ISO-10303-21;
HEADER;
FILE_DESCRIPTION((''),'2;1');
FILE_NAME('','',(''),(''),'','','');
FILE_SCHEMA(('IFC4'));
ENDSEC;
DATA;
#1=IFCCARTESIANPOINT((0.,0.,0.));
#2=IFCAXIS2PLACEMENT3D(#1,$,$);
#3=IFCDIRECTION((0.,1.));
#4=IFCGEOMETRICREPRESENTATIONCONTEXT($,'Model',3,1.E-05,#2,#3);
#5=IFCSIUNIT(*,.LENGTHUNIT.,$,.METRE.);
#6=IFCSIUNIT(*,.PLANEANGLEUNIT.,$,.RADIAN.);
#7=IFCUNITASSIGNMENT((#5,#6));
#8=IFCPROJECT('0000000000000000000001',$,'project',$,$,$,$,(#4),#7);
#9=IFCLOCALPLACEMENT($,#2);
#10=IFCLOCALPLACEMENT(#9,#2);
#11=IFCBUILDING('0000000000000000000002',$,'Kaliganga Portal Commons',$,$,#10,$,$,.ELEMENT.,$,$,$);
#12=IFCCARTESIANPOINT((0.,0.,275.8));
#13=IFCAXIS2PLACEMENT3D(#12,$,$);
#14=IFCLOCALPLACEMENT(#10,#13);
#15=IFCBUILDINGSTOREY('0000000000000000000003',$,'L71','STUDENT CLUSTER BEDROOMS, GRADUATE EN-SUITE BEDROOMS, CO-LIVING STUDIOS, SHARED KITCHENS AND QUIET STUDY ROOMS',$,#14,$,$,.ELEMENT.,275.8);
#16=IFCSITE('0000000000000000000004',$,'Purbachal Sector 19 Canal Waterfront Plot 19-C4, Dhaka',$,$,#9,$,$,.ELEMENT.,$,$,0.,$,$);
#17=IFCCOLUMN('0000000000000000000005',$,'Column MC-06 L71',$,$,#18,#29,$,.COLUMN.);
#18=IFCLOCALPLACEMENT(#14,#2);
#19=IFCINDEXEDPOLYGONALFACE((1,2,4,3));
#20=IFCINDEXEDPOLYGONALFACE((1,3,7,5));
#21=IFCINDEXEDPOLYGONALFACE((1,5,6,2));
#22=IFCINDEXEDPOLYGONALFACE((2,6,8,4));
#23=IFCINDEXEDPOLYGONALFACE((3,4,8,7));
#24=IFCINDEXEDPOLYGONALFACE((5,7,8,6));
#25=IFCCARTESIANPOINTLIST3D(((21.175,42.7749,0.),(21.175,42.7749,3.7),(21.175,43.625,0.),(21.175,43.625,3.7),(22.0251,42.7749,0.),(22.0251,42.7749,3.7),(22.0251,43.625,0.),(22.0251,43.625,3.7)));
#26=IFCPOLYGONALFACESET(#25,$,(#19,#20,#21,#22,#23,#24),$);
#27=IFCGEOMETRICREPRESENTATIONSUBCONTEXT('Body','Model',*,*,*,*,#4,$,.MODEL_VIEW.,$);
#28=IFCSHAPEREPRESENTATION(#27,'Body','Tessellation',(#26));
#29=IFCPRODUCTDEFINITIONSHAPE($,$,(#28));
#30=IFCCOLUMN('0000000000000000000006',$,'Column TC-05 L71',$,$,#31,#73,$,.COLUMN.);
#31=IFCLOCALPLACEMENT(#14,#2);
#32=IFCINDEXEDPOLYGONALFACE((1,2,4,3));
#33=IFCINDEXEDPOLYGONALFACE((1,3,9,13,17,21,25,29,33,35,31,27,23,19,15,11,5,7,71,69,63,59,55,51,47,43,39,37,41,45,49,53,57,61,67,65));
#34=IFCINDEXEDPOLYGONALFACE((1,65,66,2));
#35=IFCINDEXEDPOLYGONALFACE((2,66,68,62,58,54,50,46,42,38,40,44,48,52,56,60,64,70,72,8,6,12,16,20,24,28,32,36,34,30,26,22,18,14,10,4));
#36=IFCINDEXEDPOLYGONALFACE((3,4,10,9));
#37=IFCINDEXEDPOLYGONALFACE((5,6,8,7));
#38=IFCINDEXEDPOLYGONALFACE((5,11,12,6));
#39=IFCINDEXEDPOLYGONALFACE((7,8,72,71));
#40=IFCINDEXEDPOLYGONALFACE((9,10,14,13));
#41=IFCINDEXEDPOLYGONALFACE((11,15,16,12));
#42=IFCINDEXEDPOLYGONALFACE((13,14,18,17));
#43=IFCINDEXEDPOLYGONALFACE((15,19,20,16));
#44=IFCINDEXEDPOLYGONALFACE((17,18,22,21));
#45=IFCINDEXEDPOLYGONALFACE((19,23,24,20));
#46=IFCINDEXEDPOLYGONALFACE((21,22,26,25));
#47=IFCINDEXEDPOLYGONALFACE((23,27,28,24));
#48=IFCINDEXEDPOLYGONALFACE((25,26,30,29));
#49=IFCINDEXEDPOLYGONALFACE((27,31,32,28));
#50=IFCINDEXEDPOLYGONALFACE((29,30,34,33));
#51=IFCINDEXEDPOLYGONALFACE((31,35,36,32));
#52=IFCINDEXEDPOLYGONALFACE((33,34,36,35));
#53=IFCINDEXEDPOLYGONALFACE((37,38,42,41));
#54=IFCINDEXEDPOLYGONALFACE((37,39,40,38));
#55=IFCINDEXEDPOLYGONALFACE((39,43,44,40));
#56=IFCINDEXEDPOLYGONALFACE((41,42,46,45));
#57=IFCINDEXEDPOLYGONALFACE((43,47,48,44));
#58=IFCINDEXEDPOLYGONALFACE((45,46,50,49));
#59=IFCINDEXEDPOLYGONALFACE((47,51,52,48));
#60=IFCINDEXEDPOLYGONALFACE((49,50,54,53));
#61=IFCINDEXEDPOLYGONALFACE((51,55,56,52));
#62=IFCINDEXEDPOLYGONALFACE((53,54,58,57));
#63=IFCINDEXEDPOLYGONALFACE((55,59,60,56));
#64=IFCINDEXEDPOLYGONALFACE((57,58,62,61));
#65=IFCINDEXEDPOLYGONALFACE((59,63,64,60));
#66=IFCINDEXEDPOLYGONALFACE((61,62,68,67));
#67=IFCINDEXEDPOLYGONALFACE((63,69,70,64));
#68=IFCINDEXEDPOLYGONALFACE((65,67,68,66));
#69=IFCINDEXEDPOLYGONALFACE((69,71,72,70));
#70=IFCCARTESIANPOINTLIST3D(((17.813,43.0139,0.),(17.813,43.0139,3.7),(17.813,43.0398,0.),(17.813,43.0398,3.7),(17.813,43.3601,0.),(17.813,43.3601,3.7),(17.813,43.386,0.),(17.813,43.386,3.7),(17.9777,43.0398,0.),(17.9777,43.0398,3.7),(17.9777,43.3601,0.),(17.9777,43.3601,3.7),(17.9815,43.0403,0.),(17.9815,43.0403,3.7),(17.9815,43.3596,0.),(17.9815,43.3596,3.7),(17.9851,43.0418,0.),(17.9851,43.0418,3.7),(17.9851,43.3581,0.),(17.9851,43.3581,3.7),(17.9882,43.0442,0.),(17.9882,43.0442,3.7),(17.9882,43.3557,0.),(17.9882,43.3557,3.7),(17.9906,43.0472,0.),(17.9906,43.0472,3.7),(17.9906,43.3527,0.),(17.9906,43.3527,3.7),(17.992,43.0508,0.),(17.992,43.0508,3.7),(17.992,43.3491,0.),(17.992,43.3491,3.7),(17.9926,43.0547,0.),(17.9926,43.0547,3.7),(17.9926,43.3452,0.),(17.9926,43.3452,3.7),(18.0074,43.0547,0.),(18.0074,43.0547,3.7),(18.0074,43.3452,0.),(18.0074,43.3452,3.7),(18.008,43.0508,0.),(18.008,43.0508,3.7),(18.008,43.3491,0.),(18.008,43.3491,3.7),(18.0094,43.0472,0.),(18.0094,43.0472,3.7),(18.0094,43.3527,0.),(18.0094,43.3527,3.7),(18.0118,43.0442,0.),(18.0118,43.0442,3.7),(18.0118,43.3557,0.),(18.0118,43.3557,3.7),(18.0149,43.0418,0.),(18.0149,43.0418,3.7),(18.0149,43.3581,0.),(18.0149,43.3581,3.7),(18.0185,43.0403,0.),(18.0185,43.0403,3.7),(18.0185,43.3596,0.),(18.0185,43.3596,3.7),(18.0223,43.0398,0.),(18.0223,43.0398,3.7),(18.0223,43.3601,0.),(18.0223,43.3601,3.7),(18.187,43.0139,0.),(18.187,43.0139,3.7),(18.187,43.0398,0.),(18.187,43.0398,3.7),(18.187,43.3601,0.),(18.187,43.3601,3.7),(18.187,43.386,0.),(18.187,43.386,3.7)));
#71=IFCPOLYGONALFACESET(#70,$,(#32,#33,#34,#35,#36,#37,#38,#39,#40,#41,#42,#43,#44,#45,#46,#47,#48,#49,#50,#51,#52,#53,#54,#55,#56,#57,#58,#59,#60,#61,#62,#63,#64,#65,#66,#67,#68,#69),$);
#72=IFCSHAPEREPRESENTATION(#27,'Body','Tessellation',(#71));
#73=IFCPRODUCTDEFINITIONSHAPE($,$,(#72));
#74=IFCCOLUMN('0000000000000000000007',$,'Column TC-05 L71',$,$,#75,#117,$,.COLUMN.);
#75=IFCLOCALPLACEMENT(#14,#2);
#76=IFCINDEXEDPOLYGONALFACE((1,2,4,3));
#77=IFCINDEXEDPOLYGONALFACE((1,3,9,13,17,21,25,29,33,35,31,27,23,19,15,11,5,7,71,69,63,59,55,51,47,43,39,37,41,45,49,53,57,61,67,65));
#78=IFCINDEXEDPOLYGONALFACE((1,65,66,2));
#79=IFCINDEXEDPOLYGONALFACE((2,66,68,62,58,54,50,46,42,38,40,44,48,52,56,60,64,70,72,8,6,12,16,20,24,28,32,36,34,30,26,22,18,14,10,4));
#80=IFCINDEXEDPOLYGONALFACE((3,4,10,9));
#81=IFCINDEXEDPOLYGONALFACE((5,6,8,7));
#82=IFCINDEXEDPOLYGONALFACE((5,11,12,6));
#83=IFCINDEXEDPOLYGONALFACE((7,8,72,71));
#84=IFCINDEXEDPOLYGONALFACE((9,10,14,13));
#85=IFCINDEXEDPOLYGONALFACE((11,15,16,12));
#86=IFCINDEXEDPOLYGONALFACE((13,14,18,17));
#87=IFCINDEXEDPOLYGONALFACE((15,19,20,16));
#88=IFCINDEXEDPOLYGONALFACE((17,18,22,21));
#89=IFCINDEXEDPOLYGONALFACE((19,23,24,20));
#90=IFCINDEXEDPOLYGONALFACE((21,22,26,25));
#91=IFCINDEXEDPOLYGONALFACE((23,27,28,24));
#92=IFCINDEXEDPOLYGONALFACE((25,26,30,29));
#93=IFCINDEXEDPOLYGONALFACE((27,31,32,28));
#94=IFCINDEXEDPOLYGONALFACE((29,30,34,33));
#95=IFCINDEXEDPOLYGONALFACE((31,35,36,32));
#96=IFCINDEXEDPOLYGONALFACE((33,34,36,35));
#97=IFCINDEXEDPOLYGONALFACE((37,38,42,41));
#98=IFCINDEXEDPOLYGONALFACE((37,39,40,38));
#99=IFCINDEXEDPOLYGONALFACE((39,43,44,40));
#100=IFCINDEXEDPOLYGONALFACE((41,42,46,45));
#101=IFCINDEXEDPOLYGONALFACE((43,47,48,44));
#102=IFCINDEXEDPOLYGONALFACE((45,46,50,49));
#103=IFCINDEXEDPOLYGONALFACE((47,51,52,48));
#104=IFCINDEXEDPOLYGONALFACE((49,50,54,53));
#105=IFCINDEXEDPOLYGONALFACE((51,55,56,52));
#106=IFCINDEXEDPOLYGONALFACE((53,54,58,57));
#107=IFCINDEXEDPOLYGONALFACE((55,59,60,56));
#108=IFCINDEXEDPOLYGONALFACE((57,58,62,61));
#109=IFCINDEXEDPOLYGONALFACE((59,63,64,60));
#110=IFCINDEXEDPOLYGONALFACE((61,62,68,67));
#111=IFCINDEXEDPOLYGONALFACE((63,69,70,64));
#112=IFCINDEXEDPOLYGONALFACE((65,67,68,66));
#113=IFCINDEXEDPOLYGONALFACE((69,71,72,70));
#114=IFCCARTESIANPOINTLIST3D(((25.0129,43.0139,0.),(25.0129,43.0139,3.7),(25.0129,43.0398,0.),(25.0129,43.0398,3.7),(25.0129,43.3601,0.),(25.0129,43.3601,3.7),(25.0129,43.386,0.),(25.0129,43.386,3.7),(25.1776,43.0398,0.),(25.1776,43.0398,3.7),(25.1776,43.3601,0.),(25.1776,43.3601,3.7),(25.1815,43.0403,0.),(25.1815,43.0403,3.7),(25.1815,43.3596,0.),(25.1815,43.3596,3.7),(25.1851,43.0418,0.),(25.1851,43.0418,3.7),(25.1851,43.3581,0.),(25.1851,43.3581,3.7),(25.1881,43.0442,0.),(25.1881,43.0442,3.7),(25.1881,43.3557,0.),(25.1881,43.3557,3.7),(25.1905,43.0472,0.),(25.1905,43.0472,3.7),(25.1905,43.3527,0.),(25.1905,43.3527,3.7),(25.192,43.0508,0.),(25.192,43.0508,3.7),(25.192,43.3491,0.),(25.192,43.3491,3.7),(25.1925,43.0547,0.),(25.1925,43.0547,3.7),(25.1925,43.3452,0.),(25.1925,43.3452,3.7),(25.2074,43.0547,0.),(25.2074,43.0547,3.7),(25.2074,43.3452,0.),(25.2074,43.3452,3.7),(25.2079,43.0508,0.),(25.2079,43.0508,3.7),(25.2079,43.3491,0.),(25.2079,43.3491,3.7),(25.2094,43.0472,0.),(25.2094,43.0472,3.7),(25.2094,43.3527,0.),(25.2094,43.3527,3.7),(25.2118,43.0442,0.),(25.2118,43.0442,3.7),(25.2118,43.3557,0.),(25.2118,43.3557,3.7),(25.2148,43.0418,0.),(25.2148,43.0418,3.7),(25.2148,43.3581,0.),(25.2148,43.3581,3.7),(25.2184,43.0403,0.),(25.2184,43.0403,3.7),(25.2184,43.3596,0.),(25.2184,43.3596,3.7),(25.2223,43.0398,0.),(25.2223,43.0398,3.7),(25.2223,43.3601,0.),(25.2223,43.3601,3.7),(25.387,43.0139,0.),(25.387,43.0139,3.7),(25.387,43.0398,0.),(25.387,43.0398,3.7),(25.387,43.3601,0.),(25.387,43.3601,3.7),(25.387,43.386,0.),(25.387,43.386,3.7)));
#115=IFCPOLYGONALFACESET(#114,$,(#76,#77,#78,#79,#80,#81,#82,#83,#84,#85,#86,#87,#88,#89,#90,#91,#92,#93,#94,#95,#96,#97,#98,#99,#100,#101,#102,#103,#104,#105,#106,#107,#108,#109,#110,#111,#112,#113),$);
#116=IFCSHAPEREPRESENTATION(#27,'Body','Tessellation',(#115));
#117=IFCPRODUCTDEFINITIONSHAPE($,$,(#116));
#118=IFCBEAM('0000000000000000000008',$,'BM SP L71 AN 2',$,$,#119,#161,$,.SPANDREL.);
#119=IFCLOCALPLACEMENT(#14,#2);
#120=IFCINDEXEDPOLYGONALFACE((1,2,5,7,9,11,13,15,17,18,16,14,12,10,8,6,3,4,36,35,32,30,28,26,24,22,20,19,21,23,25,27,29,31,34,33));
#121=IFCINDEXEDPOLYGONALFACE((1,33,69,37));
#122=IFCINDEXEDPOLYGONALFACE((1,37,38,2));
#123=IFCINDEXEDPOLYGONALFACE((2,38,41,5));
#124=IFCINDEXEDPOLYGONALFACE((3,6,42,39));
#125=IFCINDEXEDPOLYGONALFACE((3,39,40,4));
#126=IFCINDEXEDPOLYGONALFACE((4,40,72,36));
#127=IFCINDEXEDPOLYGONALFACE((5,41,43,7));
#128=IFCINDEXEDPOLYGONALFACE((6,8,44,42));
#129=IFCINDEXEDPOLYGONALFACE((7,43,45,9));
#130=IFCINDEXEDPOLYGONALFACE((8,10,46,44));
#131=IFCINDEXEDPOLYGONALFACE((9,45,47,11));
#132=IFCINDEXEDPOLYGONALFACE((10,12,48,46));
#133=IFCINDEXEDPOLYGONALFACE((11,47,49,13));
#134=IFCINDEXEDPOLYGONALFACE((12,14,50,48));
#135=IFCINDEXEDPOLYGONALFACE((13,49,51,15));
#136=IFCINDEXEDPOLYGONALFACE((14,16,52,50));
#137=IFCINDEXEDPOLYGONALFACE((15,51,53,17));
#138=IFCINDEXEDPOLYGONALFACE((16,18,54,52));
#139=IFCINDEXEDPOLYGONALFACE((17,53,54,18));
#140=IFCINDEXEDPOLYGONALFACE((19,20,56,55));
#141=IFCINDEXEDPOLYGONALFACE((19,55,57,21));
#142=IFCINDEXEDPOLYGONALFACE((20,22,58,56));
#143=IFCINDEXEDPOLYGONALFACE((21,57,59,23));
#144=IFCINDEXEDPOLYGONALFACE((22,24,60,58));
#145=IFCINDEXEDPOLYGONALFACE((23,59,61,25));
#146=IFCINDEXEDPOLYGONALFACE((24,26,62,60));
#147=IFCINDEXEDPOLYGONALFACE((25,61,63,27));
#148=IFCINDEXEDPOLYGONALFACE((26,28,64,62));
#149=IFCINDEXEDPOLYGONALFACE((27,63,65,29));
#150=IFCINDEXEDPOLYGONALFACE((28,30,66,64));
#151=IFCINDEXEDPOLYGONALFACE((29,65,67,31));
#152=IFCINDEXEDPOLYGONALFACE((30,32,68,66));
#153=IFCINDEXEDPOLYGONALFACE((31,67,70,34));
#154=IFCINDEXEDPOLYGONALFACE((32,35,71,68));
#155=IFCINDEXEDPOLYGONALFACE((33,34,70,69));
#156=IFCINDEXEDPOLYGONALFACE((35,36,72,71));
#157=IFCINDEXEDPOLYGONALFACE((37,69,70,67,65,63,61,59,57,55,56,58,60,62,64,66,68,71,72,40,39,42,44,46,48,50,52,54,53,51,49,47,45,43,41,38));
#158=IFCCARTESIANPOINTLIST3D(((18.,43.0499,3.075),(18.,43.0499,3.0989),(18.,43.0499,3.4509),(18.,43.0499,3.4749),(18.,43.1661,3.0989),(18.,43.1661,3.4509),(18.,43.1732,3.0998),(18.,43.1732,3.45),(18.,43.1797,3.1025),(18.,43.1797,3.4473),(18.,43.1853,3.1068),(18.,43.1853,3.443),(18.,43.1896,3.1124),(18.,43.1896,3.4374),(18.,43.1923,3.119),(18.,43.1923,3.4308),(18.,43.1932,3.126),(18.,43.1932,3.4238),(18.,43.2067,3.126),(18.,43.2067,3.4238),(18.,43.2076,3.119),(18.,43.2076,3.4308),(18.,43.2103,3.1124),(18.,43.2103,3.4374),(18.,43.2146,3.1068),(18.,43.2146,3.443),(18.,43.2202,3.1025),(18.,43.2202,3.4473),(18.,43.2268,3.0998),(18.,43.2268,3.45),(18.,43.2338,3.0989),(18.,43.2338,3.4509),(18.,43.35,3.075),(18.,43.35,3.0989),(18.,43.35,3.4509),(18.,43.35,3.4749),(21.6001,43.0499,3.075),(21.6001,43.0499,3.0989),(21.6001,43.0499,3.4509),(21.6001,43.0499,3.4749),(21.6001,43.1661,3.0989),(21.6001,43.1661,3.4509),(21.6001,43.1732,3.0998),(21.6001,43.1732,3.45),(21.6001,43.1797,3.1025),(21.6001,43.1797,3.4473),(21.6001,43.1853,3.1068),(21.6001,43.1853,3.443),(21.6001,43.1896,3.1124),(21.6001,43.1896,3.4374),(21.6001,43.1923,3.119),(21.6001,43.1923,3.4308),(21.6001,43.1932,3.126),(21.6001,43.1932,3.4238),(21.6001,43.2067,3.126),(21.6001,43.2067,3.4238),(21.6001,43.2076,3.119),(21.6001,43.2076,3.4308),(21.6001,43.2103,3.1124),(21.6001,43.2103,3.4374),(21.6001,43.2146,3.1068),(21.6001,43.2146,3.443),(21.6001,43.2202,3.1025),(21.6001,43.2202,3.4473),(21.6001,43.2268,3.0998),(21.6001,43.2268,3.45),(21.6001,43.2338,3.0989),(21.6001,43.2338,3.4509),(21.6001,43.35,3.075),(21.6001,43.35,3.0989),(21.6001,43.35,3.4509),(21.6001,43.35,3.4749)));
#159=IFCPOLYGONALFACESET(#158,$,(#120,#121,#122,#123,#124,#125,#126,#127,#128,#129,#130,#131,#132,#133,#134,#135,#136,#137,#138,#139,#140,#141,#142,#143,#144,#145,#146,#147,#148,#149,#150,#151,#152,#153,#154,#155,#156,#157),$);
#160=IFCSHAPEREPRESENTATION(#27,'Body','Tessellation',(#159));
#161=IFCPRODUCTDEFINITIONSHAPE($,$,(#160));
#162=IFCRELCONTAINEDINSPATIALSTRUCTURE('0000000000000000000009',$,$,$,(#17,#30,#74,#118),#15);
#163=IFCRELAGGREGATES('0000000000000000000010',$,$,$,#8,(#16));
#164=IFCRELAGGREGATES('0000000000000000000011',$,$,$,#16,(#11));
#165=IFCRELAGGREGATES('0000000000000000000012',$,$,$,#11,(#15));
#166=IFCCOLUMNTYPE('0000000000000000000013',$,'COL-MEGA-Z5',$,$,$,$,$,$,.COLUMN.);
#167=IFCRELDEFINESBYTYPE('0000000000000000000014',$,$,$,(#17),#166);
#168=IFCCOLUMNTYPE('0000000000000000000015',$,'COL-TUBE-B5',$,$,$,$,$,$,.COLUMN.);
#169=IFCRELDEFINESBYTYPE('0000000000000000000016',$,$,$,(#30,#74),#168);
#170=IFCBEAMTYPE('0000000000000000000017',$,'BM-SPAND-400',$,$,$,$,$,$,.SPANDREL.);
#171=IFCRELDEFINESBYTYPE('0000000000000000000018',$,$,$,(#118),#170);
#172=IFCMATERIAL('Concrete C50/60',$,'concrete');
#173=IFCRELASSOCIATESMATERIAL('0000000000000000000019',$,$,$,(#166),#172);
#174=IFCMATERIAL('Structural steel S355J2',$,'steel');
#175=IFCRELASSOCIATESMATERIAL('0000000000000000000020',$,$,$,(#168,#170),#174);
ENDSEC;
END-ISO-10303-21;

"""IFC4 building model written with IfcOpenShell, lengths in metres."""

from ifc_helpers import new_model, si_unit, direction, frame, origin, origin_2d, place, context, subcontext, project, spatial, rectangle, i_section, extrude, source, transform, mapped, material, material_profile, profile_set, type_object, element, save


model = new_model("IFC4")

# Units and contexts
model_context = context("Model", 3, precision=1e-05, world=origin(), true_north=direction((0.0, 1.0)))
body_context = subcontext(model_context, "Body", "Model", "MODEL_VIEW")
ifc_project = project(units=[si_unit("LENGTHUNIT", "METRE"), si_unit("PLANEANGLEUNIT", "RADIAN")], contexts=[model_context])

# Site, building, storey
site_placement = place(None, origin())
site = spatial("IfcSite", under=ifc_project, at=site_placement, Name="Purbachal Sector 19 Canal Waterfront Plot 19-C4, Dhaka", CompositionType="ELEMENT", RefElevation=0.0)
building_placement = place(site_placement, origin())
building = spatial("IfcBuilding", under=site, at=building_placement, Name="Kaliganga Portal Commons", CompositionType="ELEMENT")
storey_placement = place(building_placement, frame((0.0, 0.0, 275.8)))
storey = spatial("IfcBuildingStorey", under=building, at=storey_placement, Name="L71", Description="STUDENT CLUSTER BEDROOMS, GRADUATE EN-SUITE BEDROOMS, CO-LIVING STUDIOS, SHARED KITCHENS AND QUIET STUDY ROOMS", CompositionType="ELEMENT", Elevation=275.8)

# Columns
ifc_material_1 = material(Name="Concrete C50/60", Category="concrete")
ifc_material_profile_1 = material_profile(ifc_material_1, rectangle(XDim=0.8501, YDim=0.8501, at=origin_2d()), Name="RC 850x850")
ifc_profile_set_1 = profile_set([ifc_material_profile_1], Name="Concrete C50/60")
column_type_1 = type_object("IfcColumnType", Name="COL-MEGA-Z5", PredefinedType="COLUMN", material=ifc_profile_set_1)
shared_shape_1 = source(origin(), body_context, "Body", "SweptSolid", [
    extrude(rectangle(XDim=0.8501, YDim=0.8501, at=origin_2d()), origin(), (0.0, 0.0, 1.0), 3.7),
])
column_placement = place(storey_placement, frame((21.6001, 43.2, 0.0), z_axis=(0.0, 0.0, 1.0), x_axis=(1.0, 0.0, 0.0)))
element("IfcColumn", 1, at=column_placement, inside=storey, type_object=column_type_1, Name="Column MC-06 L71", PredefinedType="COLUMN", context=body_context, shape_type="MappedRepresentation", body=[
    mapped(shared_shape_1, transform((0.0, 0.0, 0.0), x_axis=(1.0, 0.0, 0.0), y_axis=(0.0, 1.0, 0.0), z_axis=(0.0, 0.0, 1.0), scale=1.0)),
])
ifc_material_2 = material(Name="Structural steel S355J2", Category="steel")
ifc_material_profile_2 = material_profile(ifc_material_2, i_section(OverallWidth=0.374, OverallDepth=0.3721, WebThickness=0.0149, FlangeThickness=0.0259, FilletRadius=0.0149, at=origin_2d()), Name="HD 360x196")
ifc_profile_set_2 = profile_set([ifc_material_profile_2], Name="Structural steel S355J2 wide-flange")
column_type_2 = type_object("IfcColumnType", Name="COL-TUBE-B5", PredefinedType="COLUMN", material=ifc_profile_set_2)
shared_shape_2 = source(origin(), body_context, "Body", "SweptSolid", [
    extrude(i_section(OverallWidth=0.374, OverallDepth=0.3721, WebThickness=0.0149, FlangeThickness=0.0259, FilletRadius=0.0149, at=origin_2d()), origin(), (0.0, 0.0, 1.0), 3.7),
])
for number, where, z_axis, x_axis, name in (
    (2, (18.0, 43.2, 0.0), (0.0, 0.0, 1.0), (1.0, 0.0, 0.0), "Column TC-05 L71"),
    (3, (25.2, 43.2, 0.0), (0.0, 0.0, 1.0), (1.0, 0.0, 0.0), "Column TC-05 L71"),
):
    element("IfcColumn", number, at=place(storey_placement, frame(where, z_axis=z_axis, x_axis=x_axis)), inside=storey, type_object=column_type_2, Name=name, PredefinedType="COLUMN", context=body_context, shape_type="MappedRepresentation", body=[
        mapped(shared_shape_2, transform((0.0, 0.0, 0.0), x_axis=(1.0, 0.0, 0.0), y_axis=(0.0, 1.0, 0.0), z_axis=(0.0, 0.0, 1.0), scale=1.0)),
    ])

# Beam
ifc_material_profile_3 = material_profile(ifc_material_2, i_section(OverallWidth=0.3, OverallDepth=0.3999, WebThickness=0.0134, FlangeThickness=0.0239, FilletRadius=0.0271, at=origin_2d()), Name="HE 400 B")
ifc_profile_set_3 = profile_set([ifc_material_profile_3], Name="Structural steel S355J2 wide-flange")
beam_type = type_object("IfcBeamType", Name="BM-SPAND-400", PredefinedType="SPANDREL", material=ifc_profile_set_3)
shared_shape_3 = source(origin(), body_context, "Body", "SweptSolid", [
    extrude(i_section(OverallWidth=0.3, OverallDepth=0.3999, WebThickness=0.0134, FlangeThickness=0.0239, FilletRadius=0.0271, at=origin_2d()), origin(), (0.0, 0.0, 1.0), 3.6001),
])
for number, where, z_axis, x_axis, name in (
    (4, (18.0, 43.2, 3.2749), (1.0, 0.0, 0.0), (0.0, 1.0, 0.0), "BM SP L71 AN 2"),
):
    element("IfcBeam", number, at=place(storey_placement, frame(where, z_axis=z_axis, x_axis=x_axis)), inside=storey, type_object=beam_type, Name=name, PredefinedType="SPANDREL", context=body_context, shape_type="MappedRepresentation", body=[
        mapped(shared_shape_3, transform((0.0, 0.0, 0.0), x_axis=(1.0, 0.0, 0.0), y_axis=(0.0, 1.0, 0.0), z_axis=(0.0, 0.0, 1.0), scale=1.0)),
    ])

save(model, "model.ifc")
